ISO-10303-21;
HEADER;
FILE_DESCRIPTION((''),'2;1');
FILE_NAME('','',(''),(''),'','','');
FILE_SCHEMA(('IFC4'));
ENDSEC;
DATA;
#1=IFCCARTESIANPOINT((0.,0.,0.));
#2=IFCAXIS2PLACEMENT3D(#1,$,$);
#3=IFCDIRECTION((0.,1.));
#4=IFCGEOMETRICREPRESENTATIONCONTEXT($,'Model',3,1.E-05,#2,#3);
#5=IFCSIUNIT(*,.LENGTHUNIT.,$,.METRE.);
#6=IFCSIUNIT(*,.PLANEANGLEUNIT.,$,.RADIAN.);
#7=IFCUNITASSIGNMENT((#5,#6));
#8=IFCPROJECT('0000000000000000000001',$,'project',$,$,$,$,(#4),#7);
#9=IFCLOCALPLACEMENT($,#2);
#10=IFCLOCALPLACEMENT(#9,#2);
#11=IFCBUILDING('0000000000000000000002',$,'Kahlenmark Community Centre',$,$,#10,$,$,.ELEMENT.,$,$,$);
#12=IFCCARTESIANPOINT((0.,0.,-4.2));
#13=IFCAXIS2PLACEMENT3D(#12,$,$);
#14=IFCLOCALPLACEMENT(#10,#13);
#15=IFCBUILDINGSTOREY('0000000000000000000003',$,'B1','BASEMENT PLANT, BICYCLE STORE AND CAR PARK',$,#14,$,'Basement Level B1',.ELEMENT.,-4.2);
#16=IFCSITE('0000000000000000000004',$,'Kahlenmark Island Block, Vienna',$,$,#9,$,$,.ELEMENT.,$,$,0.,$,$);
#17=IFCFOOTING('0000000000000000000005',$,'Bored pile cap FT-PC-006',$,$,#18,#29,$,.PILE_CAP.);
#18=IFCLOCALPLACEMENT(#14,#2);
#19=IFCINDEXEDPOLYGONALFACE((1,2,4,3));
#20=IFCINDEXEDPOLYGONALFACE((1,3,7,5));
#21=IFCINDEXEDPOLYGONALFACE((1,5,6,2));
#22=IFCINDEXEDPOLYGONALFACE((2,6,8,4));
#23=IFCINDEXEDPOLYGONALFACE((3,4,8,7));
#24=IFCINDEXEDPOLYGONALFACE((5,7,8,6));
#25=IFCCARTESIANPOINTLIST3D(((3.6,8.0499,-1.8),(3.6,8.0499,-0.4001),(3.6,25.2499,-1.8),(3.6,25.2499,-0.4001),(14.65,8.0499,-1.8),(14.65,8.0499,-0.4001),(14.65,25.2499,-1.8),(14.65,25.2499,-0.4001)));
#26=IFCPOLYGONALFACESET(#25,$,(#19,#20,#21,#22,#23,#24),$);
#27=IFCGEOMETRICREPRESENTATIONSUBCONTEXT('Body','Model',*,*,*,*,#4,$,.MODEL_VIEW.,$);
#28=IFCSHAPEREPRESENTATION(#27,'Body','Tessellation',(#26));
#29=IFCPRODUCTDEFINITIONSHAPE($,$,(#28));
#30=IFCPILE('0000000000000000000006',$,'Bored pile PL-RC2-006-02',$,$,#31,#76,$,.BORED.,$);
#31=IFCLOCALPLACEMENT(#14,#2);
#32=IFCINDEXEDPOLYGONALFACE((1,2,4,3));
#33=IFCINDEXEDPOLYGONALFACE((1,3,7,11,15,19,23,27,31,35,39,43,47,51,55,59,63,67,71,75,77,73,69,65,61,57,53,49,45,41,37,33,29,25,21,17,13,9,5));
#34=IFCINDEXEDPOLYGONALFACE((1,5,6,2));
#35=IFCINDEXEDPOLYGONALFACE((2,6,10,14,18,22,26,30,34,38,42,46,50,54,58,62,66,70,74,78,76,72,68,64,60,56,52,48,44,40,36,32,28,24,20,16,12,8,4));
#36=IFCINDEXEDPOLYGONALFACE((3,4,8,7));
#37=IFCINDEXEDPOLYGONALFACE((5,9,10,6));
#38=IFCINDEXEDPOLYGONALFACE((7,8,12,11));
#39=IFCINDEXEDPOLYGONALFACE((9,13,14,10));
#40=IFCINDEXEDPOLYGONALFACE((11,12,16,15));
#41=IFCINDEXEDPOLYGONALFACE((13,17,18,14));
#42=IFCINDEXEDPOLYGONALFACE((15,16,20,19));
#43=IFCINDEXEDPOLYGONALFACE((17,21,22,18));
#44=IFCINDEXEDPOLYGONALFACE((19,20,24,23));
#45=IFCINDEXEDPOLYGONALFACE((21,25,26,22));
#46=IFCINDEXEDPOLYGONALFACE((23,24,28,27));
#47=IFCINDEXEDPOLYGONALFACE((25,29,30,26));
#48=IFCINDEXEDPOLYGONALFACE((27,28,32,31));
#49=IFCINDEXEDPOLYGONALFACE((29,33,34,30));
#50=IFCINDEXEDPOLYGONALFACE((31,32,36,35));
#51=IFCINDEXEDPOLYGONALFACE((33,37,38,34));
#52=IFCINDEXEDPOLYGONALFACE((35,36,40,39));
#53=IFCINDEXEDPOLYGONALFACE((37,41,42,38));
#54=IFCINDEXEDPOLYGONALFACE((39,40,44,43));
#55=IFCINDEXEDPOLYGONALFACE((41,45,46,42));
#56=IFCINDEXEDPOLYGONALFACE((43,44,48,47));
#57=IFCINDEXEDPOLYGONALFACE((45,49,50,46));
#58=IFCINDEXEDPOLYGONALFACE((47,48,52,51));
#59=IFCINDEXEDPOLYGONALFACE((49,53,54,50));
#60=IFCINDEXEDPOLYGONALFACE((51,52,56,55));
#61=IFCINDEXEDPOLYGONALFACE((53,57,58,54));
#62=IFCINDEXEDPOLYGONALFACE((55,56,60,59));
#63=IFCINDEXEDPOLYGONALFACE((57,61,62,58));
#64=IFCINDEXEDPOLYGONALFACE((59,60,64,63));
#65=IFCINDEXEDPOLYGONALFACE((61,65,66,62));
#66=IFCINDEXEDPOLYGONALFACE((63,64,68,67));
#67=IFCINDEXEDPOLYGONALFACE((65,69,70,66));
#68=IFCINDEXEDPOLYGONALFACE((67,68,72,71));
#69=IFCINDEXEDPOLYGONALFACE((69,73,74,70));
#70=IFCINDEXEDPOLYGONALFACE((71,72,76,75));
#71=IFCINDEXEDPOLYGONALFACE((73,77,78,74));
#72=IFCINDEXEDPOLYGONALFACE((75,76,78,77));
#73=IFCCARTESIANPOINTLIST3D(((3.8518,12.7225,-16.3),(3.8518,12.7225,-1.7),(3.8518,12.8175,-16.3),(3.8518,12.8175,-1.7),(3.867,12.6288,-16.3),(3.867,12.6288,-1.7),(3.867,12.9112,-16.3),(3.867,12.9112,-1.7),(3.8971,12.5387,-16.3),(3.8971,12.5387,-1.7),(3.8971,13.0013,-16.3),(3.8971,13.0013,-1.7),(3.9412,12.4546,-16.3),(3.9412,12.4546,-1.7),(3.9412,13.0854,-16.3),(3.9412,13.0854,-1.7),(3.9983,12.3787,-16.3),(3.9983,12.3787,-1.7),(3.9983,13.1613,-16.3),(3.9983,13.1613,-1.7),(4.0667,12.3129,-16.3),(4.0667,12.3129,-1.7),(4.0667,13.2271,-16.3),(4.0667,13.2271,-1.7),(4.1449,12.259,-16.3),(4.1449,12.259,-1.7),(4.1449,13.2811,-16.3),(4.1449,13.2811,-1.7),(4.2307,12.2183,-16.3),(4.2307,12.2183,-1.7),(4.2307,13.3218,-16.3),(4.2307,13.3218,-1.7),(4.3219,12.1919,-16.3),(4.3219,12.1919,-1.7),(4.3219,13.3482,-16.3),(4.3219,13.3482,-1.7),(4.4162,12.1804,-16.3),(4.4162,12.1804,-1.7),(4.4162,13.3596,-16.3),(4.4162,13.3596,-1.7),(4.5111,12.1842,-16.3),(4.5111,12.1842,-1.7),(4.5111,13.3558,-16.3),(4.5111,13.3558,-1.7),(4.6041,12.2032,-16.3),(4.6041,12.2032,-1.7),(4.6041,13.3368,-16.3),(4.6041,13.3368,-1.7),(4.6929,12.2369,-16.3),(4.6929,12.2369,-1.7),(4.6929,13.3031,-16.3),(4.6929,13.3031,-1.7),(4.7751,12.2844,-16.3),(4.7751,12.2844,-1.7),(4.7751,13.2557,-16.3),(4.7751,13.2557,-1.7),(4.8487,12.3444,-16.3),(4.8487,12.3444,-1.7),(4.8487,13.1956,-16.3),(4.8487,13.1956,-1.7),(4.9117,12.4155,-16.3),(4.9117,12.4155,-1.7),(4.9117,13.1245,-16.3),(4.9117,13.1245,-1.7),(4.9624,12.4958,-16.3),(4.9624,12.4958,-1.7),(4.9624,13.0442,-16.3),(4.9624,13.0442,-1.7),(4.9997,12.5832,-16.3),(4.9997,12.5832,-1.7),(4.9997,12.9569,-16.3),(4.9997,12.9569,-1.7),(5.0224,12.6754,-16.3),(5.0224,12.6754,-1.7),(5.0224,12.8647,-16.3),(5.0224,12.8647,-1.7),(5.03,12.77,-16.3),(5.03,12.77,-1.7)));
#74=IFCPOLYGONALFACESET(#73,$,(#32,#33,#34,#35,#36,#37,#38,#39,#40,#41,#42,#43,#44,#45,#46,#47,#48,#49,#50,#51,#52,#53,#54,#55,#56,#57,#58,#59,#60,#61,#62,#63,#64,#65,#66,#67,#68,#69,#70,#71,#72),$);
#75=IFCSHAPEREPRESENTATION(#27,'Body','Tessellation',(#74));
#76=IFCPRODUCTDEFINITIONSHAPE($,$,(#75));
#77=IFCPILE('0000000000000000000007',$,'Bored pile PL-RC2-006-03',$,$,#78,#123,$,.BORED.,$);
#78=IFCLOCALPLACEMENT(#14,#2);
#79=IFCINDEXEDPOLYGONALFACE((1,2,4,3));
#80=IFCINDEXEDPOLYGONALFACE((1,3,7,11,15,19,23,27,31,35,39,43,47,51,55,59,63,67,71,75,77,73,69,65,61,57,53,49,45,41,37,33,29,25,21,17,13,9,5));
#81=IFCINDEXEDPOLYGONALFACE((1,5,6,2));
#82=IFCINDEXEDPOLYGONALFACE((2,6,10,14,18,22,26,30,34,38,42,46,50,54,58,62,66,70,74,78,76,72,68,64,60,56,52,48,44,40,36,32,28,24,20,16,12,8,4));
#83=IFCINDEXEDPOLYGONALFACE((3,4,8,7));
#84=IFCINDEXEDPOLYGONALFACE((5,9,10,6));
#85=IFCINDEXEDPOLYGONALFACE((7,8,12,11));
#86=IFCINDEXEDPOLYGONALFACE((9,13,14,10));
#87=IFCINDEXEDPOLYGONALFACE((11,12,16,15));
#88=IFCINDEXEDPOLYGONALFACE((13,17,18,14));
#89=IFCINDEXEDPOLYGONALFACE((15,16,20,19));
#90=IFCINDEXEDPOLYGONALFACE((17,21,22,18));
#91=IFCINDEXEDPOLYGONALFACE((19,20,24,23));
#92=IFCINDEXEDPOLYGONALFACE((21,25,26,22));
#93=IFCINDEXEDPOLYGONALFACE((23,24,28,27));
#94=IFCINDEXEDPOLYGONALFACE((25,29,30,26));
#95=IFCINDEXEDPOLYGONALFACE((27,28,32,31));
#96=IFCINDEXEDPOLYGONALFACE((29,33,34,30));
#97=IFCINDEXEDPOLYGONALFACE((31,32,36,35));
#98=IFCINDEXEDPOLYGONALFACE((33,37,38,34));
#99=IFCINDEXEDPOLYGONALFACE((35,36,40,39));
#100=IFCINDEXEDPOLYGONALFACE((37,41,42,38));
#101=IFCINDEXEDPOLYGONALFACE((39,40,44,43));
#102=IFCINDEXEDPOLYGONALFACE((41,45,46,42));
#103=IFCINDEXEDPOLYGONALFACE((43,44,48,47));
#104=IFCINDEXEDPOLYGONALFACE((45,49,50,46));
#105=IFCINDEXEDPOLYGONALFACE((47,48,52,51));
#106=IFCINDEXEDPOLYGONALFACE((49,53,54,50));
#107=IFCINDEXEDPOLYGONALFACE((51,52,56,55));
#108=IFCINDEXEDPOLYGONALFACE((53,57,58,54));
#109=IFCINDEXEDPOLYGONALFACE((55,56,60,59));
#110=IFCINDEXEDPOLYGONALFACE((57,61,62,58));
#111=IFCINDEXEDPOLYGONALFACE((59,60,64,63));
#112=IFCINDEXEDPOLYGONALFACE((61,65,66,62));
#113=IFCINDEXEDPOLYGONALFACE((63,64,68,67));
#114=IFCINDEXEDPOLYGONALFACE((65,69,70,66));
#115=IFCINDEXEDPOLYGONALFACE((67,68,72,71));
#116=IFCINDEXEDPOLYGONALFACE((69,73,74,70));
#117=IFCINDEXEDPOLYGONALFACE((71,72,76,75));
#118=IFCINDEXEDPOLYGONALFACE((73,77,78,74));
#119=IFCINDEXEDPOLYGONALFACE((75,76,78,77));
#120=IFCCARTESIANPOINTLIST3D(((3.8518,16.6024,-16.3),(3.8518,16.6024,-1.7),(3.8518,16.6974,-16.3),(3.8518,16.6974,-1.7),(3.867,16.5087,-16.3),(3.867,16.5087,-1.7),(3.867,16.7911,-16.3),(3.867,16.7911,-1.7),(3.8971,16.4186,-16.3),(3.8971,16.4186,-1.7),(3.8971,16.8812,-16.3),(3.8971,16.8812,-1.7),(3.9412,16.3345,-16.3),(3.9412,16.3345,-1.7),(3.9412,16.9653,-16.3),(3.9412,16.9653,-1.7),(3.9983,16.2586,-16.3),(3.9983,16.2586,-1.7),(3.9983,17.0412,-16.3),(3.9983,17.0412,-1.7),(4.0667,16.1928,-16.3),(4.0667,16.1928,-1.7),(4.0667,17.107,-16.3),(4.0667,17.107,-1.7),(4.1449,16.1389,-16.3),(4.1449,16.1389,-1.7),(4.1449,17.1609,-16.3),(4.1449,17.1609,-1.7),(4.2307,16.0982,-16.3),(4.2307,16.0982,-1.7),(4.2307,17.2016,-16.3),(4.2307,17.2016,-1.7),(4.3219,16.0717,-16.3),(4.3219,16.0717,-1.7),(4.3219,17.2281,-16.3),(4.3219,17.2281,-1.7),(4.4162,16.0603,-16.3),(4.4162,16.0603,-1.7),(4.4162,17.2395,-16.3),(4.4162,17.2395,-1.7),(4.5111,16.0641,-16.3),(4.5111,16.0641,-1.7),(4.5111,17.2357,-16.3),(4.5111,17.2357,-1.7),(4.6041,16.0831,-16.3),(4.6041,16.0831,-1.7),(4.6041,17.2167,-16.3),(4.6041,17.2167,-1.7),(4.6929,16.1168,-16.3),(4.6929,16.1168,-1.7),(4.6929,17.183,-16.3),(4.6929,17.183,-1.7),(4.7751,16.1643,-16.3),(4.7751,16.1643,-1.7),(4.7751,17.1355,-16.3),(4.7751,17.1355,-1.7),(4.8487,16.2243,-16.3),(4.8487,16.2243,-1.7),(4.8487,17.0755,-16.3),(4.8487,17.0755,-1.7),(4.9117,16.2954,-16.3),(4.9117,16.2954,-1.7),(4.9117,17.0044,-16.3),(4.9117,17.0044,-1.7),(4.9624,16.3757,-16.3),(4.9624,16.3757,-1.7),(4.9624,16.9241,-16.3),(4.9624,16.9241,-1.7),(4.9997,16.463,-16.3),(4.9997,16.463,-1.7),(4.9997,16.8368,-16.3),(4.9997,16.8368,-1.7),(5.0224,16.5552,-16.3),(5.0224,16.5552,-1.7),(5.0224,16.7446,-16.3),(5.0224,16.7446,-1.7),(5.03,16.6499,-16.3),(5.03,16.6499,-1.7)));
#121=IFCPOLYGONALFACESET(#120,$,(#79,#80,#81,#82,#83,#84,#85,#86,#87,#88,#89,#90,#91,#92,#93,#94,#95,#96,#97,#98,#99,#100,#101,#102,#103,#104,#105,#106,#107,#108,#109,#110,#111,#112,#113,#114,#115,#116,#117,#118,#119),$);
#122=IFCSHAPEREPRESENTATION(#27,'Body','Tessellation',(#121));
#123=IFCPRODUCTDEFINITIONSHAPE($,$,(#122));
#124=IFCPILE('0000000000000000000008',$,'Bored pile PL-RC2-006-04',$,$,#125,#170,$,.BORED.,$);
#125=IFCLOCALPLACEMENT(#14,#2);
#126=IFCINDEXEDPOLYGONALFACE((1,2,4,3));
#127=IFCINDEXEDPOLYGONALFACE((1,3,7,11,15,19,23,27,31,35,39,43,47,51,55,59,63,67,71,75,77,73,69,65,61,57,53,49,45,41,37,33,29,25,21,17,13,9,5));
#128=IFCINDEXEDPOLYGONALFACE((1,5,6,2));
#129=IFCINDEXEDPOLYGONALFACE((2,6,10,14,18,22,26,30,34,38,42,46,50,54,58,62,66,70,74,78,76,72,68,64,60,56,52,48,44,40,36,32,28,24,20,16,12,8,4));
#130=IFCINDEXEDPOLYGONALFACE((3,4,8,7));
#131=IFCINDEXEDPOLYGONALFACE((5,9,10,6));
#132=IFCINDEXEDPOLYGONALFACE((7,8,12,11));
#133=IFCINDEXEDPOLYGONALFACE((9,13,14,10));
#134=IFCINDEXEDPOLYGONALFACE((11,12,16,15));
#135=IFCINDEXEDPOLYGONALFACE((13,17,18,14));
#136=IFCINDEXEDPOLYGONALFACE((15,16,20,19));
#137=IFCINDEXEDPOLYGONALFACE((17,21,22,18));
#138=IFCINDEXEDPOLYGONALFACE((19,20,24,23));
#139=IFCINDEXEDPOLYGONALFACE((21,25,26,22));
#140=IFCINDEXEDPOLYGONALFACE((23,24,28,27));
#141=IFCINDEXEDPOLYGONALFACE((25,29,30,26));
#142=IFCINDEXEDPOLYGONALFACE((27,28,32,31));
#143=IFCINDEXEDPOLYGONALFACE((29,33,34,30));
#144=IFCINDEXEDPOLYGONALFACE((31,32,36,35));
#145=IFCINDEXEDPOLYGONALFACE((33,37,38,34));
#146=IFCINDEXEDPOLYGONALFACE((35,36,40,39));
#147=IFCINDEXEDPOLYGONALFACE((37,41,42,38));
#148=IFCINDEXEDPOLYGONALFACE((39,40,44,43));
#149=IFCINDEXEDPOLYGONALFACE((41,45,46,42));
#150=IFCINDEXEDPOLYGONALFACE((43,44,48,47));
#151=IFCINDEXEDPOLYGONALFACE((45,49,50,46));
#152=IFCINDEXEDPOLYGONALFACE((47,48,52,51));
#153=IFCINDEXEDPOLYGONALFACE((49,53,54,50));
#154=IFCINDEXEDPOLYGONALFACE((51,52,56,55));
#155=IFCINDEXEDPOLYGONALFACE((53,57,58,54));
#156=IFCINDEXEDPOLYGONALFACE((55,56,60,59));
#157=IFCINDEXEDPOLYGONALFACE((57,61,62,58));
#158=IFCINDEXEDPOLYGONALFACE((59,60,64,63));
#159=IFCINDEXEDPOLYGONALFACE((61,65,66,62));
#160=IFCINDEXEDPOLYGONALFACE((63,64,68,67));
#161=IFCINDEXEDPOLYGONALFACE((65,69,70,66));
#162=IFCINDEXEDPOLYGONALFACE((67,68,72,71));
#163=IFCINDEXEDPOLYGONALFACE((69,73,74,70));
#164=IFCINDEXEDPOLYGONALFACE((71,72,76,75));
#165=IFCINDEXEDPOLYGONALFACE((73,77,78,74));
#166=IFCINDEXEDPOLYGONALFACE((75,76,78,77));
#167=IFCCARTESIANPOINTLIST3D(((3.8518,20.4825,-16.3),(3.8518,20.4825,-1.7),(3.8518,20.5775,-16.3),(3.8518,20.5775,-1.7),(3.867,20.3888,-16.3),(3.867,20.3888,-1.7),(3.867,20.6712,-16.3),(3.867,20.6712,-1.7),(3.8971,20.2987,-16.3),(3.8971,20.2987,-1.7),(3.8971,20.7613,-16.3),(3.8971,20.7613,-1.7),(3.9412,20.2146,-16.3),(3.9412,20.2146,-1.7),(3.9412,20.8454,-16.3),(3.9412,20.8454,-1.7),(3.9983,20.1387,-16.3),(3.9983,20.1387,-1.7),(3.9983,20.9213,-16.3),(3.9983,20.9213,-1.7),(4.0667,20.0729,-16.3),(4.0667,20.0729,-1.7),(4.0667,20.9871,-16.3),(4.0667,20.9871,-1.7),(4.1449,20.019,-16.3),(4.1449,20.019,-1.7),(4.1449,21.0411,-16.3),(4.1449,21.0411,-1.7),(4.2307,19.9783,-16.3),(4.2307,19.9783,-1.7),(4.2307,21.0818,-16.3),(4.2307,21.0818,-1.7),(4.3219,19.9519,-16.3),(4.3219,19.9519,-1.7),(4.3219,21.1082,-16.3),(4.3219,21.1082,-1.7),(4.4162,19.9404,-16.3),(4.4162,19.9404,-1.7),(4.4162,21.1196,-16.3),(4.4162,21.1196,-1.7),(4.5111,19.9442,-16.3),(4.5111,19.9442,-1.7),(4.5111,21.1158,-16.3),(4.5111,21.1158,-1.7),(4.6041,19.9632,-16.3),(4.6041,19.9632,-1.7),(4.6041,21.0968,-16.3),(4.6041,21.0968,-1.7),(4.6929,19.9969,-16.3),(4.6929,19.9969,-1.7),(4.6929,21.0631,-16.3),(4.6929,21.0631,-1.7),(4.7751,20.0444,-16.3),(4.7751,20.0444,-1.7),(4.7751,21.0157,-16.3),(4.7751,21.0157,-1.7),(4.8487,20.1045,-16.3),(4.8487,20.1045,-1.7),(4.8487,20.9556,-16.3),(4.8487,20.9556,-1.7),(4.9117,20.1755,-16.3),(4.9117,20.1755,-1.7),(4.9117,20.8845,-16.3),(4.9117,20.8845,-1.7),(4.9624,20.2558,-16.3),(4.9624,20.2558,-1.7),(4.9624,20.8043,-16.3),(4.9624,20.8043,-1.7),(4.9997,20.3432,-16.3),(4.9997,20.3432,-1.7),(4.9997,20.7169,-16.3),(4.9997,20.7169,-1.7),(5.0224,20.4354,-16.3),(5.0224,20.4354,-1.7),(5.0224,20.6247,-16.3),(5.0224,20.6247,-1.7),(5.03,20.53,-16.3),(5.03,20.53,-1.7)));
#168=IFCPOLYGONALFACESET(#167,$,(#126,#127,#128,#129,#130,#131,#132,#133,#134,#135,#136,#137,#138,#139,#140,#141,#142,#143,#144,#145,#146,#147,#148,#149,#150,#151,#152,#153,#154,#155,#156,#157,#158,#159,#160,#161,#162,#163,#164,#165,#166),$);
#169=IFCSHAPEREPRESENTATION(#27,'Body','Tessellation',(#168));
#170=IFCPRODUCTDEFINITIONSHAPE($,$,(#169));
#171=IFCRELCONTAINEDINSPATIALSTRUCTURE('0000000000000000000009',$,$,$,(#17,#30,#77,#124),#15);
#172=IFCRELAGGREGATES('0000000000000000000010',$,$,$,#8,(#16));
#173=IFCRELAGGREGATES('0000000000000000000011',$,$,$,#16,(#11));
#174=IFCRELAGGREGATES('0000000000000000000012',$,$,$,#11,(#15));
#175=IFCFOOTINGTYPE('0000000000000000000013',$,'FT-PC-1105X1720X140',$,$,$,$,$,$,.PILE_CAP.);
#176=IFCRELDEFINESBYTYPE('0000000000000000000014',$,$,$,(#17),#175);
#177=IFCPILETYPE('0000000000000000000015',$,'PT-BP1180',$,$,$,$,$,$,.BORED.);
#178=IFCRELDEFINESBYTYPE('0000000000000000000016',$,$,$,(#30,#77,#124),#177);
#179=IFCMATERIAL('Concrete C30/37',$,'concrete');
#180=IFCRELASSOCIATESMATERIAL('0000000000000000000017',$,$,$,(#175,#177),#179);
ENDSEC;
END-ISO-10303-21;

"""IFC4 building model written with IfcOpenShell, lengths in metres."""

from ifc_helpers import new_model, si_unit, direction, frame, origin, origin_2d, place, context, subcontext, project, spatial, rectangle, circle, extrude, material, material_profile, profile_set, type_object, element, save


model = new_model("IFC4")

# Units and contexts
model_context = context("Model", 3, precision=1e-05, world=origin(), true_north=direction((0.0, 1.0)))
body_context = subcontext(model_context, "Body", "Model", "MODEL_VIEW")
ifc_project = project(units=[si_unit("LENGTHUNIT", "METRE"), si_unit("PLANEANGLEUNIT", "RADIAN")], contexts=[model_context])

# Site, building, storey
site_placement = place(None, origin())
site = spatial("IfcSite", under=ifc_project, at=site_placement, Name="Kahlenmark Island Block, Vienna", CompositionType="ELEMENT", RefElevation=0.0)
building_placement = place(site_placement, origin())
building = spatial("IfcBuilding", under=site, at=building_placement, Name="Kahlenmark Community Centre", CompositionType="ELEMENT")
storey_placement = place(building_placement, frame((0.0, 0.0, -4.2)))
storey = spatial("IfcBuildingStorey", under=building, at=storey_placement, Name="B1", Description="BASEMENT PLANT, BICYCLE STORE AND CAR PARK", LongName="Basement Level B1", CompositionType="ELEMENT", Elevation=-4.2)

# Footing
ifc_material_1 = material(Name="Concrete C30/37", Category="concrete")
footing_type = type_object("IfcFootingType", Name="FT-PC-1105X1720X140", PredefinedType="PILE_CAP", material=ifc_material_1)
footing_placement = place(storey_placement, frame((9.125, 16.6499, -1.8), z_axis=(0.0, 0.0, 1.0), x_axis=(1.0, 0.0, 0.0)))
element("IfcFooting", 1, at=footing_placement, inside=storey, type_object=footing_type, Name="Bored pile cap FT-PC-006", PredefinedType="PILE_CAP", context=body_context, shape_type="SweptSolid", body=[
    extrude(rectangle(XDim=11.05, YDim=17.2, at=origin_2d()), origin(), (0.0, 0.0, 1.0), 1.3999),
])

# Piles
ifc_material_profile_1 = material_profile(ifc_material_1, circle(Radius=0.5901, at=origin_2d()), Name="BORED PILE 1180")
ifc_profile_set_1 = profile_set([ifc_material_profile_1], Name="Concrete C30/37")
pile_type = type_object("IfcPileType", Name="PT-BP1180", PredefinedType="BORED", material=ifc_profile_set_1)
for number, where, z_axis, x_axis, name in (
    (2, (4.4399, 12.77, -1.7), (0.0, 0.0, -1.0), (1.0, 0.0, 0.0), "Bored pile PL-RC2-006-02"),
    (3, (4.4399, 16.6499, -1.7), (0.0, 0.0, -1.0), (1.0, 0.0, 0.0), "Bored pile PL-RC2-006-03"),
    (4, (4.4399, 20.53, -1.7), (0.0, 0.0, -1.0), (1.0, 0.0, 0.0), "Bored pile PL-RC2-006-04"),
):
    element("IfcPile", number, at=place(storey_placement, frame(where, z_axis=z_axis, x_axis=x_axis)), inside=storey, type_object=pile_type, Name=name, PredefinedType="BORED", context=body_context, shape_type="SweptSolid", body=[
        extrude(circle(Radius=0.5901, at=origin_2d()), origin(), (0.0, 0.0, 1.0), 14.6001),
    ])

save(model, "model.ifc")
